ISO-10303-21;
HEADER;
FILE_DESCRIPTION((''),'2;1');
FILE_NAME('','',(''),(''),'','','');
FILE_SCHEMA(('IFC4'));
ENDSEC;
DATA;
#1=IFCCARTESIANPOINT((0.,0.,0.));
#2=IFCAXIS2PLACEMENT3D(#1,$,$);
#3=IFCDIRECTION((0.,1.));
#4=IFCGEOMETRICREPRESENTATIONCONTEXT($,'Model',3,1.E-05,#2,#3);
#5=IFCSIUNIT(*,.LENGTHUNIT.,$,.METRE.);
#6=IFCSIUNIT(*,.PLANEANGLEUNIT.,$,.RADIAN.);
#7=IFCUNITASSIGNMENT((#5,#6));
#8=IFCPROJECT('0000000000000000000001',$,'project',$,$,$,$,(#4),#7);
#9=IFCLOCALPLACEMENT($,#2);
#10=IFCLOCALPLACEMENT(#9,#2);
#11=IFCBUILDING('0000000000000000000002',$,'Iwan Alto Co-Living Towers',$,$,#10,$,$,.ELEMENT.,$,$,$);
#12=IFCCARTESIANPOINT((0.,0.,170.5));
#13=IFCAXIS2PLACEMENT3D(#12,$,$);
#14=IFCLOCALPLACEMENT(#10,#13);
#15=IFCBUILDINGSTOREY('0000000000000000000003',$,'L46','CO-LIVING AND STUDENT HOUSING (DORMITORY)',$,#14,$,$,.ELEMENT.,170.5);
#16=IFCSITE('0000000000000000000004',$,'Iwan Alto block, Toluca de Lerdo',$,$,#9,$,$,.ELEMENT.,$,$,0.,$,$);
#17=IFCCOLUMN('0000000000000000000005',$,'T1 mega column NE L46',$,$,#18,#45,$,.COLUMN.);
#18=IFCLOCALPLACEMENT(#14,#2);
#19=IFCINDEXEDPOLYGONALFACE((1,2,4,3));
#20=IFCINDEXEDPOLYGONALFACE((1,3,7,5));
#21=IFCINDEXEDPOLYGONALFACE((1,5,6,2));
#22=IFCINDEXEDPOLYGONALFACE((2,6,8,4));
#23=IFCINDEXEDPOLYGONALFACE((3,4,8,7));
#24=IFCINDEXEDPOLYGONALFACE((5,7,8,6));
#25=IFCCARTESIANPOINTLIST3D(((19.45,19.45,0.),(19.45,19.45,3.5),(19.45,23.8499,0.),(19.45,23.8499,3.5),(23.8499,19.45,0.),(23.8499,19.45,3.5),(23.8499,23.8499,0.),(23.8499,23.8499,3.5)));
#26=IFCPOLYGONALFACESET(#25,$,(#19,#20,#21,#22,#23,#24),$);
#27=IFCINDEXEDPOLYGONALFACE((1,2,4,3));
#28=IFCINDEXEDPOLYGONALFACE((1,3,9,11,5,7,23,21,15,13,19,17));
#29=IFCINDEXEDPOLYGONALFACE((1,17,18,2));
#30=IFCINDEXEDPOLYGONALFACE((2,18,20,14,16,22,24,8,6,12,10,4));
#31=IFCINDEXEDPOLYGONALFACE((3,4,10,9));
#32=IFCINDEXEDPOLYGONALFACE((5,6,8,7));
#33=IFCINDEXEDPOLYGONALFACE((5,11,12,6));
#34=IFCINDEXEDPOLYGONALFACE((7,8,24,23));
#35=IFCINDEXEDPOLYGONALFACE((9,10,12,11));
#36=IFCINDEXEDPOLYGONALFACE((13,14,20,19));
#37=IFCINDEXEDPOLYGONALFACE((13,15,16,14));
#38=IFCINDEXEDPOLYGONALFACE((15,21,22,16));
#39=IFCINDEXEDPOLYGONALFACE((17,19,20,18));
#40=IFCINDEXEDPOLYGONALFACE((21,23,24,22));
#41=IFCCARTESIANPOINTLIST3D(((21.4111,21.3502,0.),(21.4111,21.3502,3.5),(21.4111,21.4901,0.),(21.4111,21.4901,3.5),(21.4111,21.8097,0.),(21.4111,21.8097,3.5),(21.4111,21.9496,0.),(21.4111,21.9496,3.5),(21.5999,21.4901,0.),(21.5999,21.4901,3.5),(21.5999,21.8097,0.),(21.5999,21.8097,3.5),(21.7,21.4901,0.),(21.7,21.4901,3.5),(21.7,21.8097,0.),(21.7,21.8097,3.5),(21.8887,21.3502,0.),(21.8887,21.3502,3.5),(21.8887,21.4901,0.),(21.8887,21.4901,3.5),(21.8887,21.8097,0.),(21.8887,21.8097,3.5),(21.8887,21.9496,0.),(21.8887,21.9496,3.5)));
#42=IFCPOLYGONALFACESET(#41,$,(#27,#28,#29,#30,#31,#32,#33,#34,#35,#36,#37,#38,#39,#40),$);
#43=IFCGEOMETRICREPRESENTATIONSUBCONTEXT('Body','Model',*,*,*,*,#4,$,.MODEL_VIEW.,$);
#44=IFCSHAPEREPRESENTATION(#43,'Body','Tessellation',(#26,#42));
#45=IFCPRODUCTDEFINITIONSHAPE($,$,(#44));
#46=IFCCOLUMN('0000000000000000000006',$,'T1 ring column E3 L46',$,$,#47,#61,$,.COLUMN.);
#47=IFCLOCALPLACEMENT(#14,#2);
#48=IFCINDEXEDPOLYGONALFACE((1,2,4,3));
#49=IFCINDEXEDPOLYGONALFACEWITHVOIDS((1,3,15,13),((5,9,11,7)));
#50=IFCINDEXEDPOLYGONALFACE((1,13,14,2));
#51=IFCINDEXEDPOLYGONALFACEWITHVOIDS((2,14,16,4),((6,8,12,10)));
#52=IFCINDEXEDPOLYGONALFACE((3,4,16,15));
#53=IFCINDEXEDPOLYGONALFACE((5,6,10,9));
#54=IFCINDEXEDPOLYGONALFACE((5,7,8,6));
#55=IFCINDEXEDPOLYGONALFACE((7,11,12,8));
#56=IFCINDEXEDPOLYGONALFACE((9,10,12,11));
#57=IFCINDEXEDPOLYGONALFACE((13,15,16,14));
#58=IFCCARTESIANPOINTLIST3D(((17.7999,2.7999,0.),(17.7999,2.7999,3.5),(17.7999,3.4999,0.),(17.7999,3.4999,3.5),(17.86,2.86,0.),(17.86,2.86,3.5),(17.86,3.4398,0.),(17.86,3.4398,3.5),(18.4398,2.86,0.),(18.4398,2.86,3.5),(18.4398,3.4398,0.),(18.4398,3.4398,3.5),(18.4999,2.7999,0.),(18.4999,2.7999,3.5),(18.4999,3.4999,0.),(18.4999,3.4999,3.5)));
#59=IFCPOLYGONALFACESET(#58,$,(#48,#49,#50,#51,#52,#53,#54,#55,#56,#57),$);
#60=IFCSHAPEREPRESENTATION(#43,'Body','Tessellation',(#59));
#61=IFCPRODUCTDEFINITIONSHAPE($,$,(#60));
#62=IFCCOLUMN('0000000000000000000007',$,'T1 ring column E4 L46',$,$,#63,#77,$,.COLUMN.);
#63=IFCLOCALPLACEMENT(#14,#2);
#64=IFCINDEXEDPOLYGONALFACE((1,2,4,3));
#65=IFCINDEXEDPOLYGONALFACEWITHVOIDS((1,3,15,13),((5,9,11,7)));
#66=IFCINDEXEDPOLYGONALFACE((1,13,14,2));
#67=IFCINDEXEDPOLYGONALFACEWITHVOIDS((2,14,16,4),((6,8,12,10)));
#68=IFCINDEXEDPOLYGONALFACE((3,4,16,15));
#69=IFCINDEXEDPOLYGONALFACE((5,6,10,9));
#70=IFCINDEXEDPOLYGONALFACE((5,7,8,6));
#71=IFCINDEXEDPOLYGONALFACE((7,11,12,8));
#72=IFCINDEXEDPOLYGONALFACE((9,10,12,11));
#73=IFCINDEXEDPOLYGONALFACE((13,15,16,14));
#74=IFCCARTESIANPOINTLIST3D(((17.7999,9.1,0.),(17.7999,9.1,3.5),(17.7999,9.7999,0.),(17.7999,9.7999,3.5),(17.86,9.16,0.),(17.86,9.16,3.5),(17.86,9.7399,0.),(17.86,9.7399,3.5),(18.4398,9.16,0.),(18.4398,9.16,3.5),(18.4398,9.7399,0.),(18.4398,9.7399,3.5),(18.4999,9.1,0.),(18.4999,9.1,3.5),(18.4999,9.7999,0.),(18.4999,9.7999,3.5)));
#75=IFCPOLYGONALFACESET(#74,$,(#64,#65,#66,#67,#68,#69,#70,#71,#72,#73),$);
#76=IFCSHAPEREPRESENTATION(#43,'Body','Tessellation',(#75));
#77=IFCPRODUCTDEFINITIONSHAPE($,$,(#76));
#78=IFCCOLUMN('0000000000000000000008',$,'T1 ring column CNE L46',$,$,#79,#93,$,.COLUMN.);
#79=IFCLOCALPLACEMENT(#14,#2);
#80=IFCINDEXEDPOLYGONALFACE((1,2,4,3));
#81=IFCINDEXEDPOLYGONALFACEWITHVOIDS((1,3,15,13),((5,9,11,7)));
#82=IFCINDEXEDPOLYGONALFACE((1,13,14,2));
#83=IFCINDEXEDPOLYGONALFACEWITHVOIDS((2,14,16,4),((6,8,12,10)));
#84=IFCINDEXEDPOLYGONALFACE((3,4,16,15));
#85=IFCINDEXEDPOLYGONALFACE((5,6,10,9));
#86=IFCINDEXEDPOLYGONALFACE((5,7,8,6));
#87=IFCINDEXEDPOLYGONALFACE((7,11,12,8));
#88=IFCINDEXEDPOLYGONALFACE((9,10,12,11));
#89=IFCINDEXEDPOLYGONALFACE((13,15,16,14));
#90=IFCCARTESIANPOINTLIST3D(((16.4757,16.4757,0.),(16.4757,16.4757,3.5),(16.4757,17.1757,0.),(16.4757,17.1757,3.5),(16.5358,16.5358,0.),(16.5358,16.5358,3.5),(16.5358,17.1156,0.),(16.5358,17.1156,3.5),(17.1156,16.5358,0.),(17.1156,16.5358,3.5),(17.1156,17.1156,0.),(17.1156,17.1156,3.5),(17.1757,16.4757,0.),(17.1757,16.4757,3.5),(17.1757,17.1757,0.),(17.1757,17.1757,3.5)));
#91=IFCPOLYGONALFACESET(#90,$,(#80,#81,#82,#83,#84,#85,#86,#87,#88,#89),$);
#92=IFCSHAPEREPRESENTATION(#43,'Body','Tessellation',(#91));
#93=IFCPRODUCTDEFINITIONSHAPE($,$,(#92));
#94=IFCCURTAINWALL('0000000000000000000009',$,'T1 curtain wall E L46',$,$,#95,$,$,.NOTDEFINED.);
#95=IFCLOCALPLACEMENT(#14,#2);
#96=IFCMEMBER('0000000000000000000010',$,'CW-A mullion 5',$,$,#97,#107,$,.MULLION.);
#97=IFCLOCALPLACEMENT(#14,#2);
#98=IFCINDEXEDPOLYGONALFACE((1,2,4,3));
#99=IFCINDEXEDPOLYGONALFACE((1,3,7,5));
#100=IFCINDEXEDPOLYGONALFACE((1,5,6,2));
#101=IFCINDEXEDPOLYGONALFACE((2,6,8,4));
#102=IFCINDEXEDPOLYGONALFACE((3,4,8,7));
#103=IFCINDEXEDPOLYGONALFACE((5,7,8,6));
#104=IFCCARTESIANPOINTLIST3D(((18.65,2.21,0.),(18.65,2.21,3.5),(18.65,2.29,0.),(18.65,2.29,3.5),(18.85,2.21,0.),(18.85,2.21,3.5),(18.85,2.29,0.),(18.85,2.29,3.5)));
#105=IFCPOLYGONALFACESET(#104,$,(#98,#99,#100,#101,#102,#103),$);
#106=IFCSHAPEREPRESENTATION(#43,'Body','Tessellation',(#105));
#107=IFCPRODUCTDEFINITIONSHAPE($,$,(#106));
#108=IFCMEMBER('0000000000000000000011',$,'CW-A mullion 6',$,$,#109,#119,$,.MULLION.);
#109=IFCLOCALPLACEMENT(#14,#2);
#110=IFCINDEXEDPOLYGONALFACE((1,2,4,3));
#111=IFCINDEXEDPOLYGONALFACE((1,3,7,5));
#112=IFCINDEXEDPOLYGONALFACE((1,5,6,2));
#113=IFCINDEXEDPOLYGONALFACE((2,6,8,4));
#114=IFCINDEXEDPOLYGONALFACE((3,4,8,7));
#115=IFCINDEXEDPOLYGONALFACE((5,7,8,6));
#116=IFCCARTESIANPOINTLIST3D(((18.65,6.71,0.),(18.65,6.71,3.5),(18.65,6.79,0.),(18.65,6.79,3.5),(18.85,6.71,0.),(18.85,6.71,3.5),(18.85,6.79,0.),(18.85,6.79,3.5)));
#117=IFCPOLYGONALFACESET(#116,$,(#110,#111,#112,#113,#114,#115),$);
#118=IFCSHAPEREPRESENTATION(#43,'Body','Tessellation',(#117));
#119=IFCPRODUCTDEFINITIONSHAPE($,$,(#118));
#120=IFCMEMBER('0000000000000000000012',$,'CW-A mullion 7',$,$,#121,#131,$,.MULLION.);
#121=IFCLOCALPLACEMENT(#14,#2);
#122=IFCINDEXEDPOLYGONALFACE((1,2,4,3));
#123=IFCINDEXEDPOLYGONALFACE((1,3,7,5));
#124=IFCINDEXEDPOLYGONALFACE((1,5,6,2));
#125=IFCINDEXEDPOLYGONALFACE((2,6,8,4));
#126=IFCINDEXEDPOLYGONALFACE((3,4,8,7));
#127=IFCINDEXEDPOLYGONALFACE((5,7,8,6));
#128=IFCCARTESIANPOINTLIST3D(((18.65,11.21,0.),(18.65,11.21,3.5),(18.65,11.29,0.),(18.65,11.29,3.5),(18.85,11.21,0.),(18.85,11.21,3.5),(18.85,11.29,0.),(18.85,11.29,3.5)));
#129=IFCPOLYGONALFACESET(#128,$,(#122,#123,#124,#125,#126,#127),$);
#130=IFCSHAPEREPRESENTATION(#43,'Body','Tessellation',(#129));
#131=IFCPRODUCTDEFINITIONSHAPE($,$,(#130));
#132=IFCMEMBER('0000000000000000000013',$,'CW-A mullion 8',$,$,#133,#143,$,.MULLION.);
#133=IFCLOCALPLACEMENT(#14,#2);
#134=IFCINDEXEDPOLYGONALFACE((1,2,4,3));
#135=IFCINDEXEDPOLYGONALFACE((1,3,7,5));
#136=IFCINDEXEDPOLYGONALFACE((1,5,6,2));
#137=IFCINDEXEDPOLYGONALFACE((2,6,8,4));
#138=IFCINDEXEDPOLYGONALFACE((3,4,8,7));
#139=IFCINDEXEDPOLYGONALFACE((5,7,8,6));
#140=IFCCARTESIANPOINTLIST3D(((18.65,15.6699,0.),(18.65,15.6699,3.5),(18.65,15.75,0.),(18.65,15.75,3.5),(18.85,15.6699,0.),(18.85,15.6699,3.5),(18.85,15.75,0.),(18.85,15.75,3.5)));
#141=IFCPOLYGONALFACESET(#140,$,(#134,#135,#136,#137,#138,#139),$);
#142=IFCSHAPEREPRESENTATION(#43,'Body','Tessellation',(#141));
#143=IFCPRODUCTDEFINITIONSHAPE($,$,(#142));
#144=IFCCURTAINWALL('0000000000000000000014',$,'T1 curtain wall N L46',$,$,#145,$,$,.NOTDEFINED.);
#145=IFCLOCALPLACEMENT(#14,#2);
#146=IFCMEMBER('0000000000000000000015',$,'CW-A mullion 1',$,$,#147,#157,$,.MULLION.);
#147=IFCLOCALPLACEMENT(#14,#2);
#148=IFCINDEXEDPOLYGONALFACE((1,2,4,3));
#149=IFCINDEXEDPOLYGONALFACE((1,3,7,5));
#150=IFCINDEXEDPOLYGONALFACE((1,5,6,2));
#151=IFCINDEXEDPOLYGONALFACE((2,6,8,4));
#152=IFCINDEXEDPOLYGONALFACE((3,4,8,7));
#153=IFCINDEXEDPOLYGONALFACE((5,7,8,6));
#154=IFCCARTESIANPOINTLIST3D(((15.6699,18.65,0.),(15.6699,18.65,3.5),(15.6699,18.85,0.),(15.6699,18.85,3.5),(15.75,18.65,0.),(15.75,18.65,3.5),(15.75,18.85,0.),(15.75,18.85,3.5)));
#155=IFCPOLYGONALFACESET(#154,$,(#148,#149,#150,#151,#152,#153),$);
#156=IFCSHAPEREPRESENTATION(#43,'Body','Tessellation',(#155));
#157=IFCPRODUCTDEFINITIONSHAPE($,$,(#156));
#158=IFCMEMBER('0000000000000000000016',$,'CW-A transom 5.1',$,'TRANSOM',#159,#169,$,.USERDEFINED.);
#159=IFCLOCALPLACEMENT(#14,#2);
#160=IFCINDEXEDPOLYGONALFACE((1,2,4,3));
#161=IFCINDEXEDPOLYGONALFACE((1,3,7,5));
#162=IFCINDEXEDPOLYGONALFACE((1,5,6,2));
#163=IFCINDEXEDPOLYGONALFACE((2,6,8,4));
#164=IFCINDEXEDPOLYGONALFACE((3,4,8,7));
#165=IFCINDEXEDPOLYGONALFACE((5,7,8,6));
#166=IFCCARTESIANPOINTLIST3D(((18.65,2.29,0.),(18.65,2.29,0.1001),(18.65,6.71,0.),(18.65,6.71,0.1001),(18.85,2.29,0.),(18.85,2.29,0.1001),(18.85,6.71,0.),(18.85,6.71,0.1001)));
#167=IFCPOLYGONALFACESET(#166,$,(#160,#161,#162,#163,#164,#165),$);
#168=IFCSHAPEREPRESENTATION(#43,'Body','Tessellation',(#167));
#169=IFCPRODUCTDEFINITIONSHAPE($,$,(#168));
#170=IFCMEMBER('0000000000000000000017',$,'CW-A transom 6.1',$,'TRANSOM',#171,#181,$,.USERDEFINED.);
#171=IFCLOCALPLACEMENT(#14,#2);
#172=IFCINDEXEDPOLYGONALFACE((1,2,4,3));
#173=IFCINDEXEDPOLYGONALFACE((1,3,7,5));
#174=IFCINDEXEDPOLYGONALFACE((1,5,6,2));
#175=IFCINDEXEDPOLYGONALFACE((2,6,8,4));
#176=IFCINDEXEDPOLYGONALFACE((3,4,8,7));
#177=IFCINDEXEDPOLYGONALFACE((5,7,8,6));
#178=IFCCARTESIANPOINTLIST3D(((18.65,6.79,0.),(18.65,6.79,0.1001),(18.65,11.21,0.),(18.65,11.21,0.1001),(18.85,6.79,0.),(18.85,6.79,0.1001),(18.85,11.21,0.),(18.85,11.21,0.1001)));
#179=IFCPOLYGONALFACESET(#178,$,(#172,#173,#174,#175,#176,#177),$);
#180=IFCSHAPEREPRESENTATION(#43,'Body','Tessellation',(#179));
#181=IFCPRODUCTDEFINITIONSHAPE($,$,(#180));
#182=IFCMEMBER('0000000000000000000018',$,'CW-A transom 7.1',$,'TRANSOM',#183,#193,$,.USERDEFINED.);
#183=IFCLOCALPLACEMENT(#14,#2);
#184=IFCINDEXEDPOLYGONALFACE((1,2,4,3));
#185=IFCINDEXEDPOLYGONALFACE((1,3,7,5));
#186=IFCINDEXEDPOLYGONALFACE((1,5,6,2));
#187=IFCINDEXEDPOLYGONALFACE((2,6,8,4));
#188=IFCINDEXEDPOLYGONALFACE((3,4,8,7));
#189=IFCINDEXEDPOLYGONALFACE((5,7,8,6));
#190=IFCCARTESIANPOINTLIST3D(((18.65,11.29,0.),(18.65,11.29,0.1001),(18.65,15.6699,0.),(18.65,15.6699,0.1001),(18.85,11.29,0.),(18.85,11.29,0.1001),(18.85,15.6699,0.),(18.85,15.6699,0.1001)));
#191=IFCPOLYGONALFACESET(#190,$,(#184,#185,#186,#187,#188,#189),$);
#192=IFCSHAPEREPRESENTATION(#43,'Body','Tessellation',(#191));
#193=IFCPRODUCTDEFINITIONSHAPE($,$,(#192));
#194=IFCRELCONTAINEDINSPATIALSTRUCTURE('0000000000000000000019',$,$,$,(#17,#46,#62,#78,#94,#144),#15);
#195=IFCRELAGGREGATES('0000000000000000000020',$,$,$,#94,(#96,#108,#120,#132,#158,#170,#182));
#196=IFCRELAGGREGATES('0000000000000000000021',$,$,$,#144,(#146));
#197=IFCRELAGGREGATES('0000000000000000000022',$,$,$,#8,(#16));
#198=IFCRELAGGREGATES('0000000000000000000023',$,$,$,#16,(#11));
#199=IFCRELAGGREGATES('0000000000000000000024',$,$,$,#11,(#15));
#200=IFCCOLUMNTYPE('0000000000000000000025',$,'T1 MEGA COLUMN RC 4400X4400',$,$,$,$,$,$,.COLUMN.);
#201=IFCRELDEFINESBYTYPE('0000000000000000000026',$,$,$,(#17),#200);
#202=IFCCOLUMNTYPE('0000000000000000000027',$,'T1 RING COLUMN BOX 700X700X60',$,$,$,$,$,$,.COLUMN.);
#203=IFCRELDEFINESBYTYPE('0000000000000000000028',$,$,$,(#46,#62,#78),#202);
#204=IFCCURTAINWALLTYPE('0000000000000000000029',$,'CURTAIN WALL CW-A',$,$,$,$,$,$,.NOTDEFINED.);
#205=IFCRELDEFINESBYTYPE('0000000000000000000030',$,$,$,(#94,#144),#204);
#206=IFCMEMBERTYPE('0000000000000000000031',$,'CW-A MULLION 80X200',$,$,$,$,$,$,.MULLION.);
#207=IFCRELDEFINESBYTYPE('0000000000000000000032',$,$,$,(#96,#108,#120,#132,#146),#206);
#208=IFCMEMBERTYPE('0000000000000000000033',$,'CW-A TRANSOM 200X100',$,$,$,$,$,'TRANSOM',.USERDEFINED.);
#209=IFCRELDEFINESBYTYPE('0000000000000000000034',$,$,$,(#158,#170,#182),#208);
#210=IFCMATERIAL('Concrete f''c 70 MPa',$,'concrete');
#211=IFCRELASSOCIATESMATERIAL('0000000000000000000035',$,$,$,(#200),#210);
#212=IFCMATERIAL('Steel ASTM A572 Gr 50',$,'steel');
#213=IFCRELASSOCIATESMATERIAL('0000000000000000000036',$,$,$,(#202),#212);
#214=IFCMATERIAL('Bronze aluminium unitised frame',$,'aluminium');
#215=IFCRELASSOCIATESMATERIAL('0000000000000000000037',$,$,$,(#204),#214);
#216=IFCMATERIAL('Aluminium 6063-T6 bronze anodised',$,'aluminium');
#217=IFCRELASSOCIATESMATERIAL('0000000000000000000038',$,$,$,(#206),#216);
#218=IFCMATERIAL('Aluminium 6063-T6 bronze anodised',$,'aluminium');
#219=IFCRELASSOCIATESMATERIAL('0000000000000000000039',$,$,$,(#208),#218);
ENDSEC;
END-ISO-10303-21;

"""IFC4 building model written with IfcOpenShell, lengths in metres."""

from ifc_helpers import new_model, si_unit, direction, frame, origin, origin_2d, place, context, subcontext, project, spatial, rectangle, hollow_rectangle, i_section, extrude, material, material_profile, profile_set, type_object, element, aggregate, save


model = new_model("IFC4")

# Units and contexts
model_context = context("Model", 3, precision=1e-05, world=origin(), true_north=direction((0.0, 1.0)))
body_context = subcontext(model_context, "Body", "Model", "MODEL_VIEW")
ifc_project = project(units=[si_unit("LENGTHUNIT", "METRE"), si_unit("PLANEANGLEUNIT", "RADIAN")], contexts=[model_context])

# Site, building, storey
site_placement = place(None, origin())
site = spatial("IfcSite", under=ifc_project, at=site_placement, Name="Iwan Alto block, Toluca de Lerdo", CompositionType="ELEMENT", RefElevation=0.0)
building_placement = place(site_placement, origin())
building = spatial("IfcBuilding", under=site, at=building_placement, Name="Iwan Alto Co-Living Towers", CompositionType="ELEMENT")
storey_placement = place(building_placement, frame((0.0, 0.0, 170.5)))
storey = spatial("IfcBuildingStorey", under=building, at=storey_placement, Name="L46", Description="CO-LIVING AND STUDENT HOUSING (DORMITORY)", CompositionType="ELEMENT", Elevation=170.5)

# Columns
ifc_material_1 = material(Name="Concrete f'c 70 MPa", Category="concrete")
ifc_material_profile_1 = material_profile(ifc_material_1, rectangle(XDim=4.3999, YDim=4.3999, at=origin_2d()), Name="RC 4400X4400")
ifc_profile_set_1 = profile_set([ifc_material_profile_1], Name="Concrete f'c 70 MPa")
column_type_1 = type_object("IfcColumnType", Name="T1 MEGA COLUMN RC 4400X4400", PredefinedType="COLUMN", material=ifc_profile_set_1)
column_placement = place(storey_placement, frame((21.6499, 21.6499, 0.0), z_axis=(0.0, 0.0, 1.0), x_axis=(1.0, 0.0, 0.0)))
element("IfcColumn", 1, at=column_placement, inside=storey, type_object=column_type_1, Name="T1 mega column NE L46", PredefinedType="COLUMN", context=body_context, shape_type="SweptSolid", body=[
    extrude(rectangle(XDim=4.3999, YDim=4.3999, at=origin_2d()), origin(), (0.0, 0.0, 1.0), 3.5),
    extrude(i_section(OverallWidth=0.4775, OverallDepth=0.5994, WebThickness=0.1001, FlangeThickness=0.1399, at=origin_2d()), origin(), (0.0, 0.0, 1.0), 3.5),
])
ifc_material_2 = material(Name="Steel ASTM A572 Gr 50", Category="steel")
ifc_material_profile_2 = material_profile(ifc_material_2, hollow_rectangle(XDim=0.7, YDim=0.7, WallThickness=0.0601, at=origin_2d()), Name="BOX 700X700X60")
ifc_profile_set_2 = profile_set([ifc_material_profile_2], Name="Steel ASTM A572 Gr 50")
column_type_2 = type_object("IfcColumnType", Name="T1 RING COLUMN BOX 700X700X60", PredefinedType="COLUMN", material=ifc_profile_set_2)
for number, where, z_axis, x_axis, name in (
    (2, (18.1499, 3.1499, 0.0), (0.0, 0.0, 1.0), (1.0, 0.0, 0.0), "T1 ring column E3 L46"),
    (3, (18.1499, 9.45, 0.0), (0.0, 0.0, 1.0), (1.0, 0.0, 0.0), "T1 ring column E4 L46"),
    (4, (16.8257, 16.8257, 0.0), (0.0, 0.0, 1.0), (1.0, 0.0, 0.0), "T1 ring column CNE L46"),
):
    element("IfcColumn", number, at=place(storey_placement, frame(where, z_axis=z_axis, x_axis=x_axis)), inside=storey, type_object=column_type_2, Name=name, PredefinedType="COLUMN", context=body_context, shape_type="SweptSolid", body=[
        extrude(hollow_rectangle(XDim=0.7, YDim=0.7, WallThickness=0.0601, at=origin_2d()), origin(), (0.0, 0.0, 1.0), 3.5),
    ])

# Curtain wall, members
ifc_material_3 = material(Name="Bronze aluminium unitised frame", Category="aluminium")
curtain_wall_type_1 = type_object("IfcCurtainWallType", Name="CURTAIN WALL CW-A", PredefinedType="NOTDEFINED", material=ifc_material_3)
curtain_wall_1_placement = place(storey_placement, origin())
curtain_wall_1 = element("IfcCurtainWall", 5, at=curtain_wall_1_placement, inside=storey, type_object=curtain_wall_type_1, Name="T1 curtain wall E L46", PredefinedType="NOTDEFINED")
ifc_material_4 = material(Name="Aluminium 6063-T6 bronze anodised", Category="aluminium")
ifc_material_profile_3 = material_profile(ifc_material_4, rectangle(XDim=0.2, YDim=0.0801, at=origin_2d()), Name="AL 80X200")
ifc_profile_set_3 = profile_set([ifc_material_profile_3], Name="Aluminium 6063-T6 bronze anodised")
member_type_1 = type_object("IfcMemberType", Name="CW-A MULLION 80X200", PredefinedType="MULLION", material=ifc_profile_set_3)
member_1_placement = place(storey_placement, frame((18.75, 2.25, 0.0), z_axis=(0.0, 0.0, 1.0), x_axis=(-1.0, 0.0, 0.0)))
member_1 = element("IfcMember", 6, at=member_1_placement, type_object=member_type_1, Name="CW-A mullion 5", PredefinedType="MULLION", context=body_context, shape_type="SweptSolid", body=[
    extrude(rectangle(XDim=0.2, YDim=0.0801, at=origin_2d()), origin(), (0.0, 0.0, 1.0), 3.5),
])
member_2_placement = place(storey_placement, frame((18.75, 6.75, 0.0), z_axis=(0.0, 0.0, 1.0), x_axis=(-1.0, 0.0, 0.0)))
member_2 = element("IfcMember", 7, at=member_2_placement, type_object=member_type_1, Name="CW-A mullion 6", PredefinedType="MULLION", context=body_context, shape_type="SweptSolid", body=[
    extrude(rectangle(XDim=0.2, YDim=0.0801, at=origin_2d()), origin(), (0.0, 0.0, 1.0), 3.5),
])
member_3_placement = place(storey_placement, frame((18.75, 11.25, 0.0), z_axis=(0.0, 0.0, 1.0), x_axis=(-1.0, 0.0, 0.0)))
member_3 = element("IfcMember", 8, at=member_3_placement, type_object=member_type_1, Name="CW-A mullion 7", PredefinedType="MULLION", context=body_context, shape_type="SweptSolid", body=[
    extrude(rectangle(XDim=0.2, YDim=0.0801, at=origin_2d()), origin(), (0.0, 0.0, 1.0), 3.5),
])
member_4_placement = place(storey_placement, frame((18.75, 15.71, 0.0), z_axis=(0.0, 0.0, 1.0), x_axis=(-1.0, 0.0, 0.0)))
member_4 = element("IfcMember", 9, at=member_4_placement, type_object=member_type_1, Name="CW-A mullion 8", PredefinedType="MULLION", context=body_context, shape_type="SweptSolid", body=[
    extrude(rectangle(XDim=0.2, YDim=0.0801, at=origin_2d()), origin(), (0.0, 0.0, 1.0), 3.5),
])

# Curtain wall, member
curtain_wall_2_placement = place(storey_placement, origin())
curtain_wall_2 = element("IfcCurtainWall", 10, at=curtain_wall_2_placement, inside=storey, type_object=curtain_wall_type_1, Name="T1 curtain wall N L46", PredefinedType="NOTDEFINED")
member_5_placement = place(storey_placement, frame((15.71, 18.75, 0.0), z_axis=(0.0, 0.0, 1.0), x_axis=(0.0, -1.0, 0.0)))
member_5 = element("IfcMember", 11, at=member_5_placement, type_object=member_type_1, Name="CW-A mullion 1", PredefinedType="MULLION", context=body_context, shape_type="SweptSolid", body=[
    extrude(rectangle(XDim=0.2, YDim=0.0801, at=origin_2d()), origin(), (0.0, 0.0, 1.0), 3.5),
])

# Members
ifc_material_5 = material(Name="Aluminium 6063-T6 bronze anodised", Category="aluminium")
ifc_material_profile_4 = material_profile(ifc_material_5, rectangle(XDim=0.2, YDim=0.1001, at=origin_2d()), Name="AL 200X100")
ifc_profile_set_4 = profile_set([ifc_material_profile_4], Name="Aluminium 6063-T6 bronze anodised")
member_type_2 = type_object("IfcMemberType", Name="CW-A TRANSOM 200X100", ElementType="TRANSOM", PredefinedType="USERDEFINED", material=ifc_profile_set_4)
member_6_placement = place(storey_placement, frame((18.75, 2.29, 0.05), z_axis=(0.0, 1.0, 0.0), x_axis=(-1.0, 0.0, 0.0)))
member_6 = element("IfcMember", 12, at=member_6_placement, type_object=member_type_2, Name="CW-A transom 5.1", ObjectType="TRANSOM", PredefinedType="USERDEFINED", context=body_context, shape_type="SweptSolid", body=[
    extrude(rectangle(XDim=0.2, YDim=0.1001, at=origin_2d()), origin(), (0.0, 0.0, 1.0), 4.4199),
])
member_7_placement = place(storey_placement, frame((18.75, 6.79, 0.05), z_axis=(0.0, 1.0, 0.0), x_axis=(-1.0, 0.0, 0.0)))
member_7 = element("IfcMember", 13, at=member_7_placement, type_object=member_type_2, Name="CW-A transom 6.1", ObjectType="TRANSOM", PredefinedType="USERDEFINED", context=body_context, shape_type="SweptSolid", body=[
    extrude(rectangle(XDim=0.2, YDim=0.1001, at=origin_2d()), origin(), (0.0, 0.0, 1.0), 4.4199),
])
member_8_placement = place(storey_placement, frame((18.75, 11.29, 0.05), z_axis=(0.0, 1.0, 0.0), x_axis=(-1.0, 0.0, 0.0)))
member_8 = element("IfcMember", 14, at=member_8_placement, type_object=member_type_2, Name="CW-A transom 7.1", ObjectType="TRANSOM", PredefinedType="USERDEFINED", context=body_context, shape_type="SweptSolid", body=[
    extrude(rectangle(XDim=0.2, YDim=0.1001, at=origin_2d()), origin(), (0.0, 0.0, 1.0), 4.3799),
])

aggregate(curtain_wall_1, [member_1, member_2, member_3, member_4, member_6, member_7, member_8])
aggregate(curtain_wall_2, [member_5])

save(model, "model.ifc")
